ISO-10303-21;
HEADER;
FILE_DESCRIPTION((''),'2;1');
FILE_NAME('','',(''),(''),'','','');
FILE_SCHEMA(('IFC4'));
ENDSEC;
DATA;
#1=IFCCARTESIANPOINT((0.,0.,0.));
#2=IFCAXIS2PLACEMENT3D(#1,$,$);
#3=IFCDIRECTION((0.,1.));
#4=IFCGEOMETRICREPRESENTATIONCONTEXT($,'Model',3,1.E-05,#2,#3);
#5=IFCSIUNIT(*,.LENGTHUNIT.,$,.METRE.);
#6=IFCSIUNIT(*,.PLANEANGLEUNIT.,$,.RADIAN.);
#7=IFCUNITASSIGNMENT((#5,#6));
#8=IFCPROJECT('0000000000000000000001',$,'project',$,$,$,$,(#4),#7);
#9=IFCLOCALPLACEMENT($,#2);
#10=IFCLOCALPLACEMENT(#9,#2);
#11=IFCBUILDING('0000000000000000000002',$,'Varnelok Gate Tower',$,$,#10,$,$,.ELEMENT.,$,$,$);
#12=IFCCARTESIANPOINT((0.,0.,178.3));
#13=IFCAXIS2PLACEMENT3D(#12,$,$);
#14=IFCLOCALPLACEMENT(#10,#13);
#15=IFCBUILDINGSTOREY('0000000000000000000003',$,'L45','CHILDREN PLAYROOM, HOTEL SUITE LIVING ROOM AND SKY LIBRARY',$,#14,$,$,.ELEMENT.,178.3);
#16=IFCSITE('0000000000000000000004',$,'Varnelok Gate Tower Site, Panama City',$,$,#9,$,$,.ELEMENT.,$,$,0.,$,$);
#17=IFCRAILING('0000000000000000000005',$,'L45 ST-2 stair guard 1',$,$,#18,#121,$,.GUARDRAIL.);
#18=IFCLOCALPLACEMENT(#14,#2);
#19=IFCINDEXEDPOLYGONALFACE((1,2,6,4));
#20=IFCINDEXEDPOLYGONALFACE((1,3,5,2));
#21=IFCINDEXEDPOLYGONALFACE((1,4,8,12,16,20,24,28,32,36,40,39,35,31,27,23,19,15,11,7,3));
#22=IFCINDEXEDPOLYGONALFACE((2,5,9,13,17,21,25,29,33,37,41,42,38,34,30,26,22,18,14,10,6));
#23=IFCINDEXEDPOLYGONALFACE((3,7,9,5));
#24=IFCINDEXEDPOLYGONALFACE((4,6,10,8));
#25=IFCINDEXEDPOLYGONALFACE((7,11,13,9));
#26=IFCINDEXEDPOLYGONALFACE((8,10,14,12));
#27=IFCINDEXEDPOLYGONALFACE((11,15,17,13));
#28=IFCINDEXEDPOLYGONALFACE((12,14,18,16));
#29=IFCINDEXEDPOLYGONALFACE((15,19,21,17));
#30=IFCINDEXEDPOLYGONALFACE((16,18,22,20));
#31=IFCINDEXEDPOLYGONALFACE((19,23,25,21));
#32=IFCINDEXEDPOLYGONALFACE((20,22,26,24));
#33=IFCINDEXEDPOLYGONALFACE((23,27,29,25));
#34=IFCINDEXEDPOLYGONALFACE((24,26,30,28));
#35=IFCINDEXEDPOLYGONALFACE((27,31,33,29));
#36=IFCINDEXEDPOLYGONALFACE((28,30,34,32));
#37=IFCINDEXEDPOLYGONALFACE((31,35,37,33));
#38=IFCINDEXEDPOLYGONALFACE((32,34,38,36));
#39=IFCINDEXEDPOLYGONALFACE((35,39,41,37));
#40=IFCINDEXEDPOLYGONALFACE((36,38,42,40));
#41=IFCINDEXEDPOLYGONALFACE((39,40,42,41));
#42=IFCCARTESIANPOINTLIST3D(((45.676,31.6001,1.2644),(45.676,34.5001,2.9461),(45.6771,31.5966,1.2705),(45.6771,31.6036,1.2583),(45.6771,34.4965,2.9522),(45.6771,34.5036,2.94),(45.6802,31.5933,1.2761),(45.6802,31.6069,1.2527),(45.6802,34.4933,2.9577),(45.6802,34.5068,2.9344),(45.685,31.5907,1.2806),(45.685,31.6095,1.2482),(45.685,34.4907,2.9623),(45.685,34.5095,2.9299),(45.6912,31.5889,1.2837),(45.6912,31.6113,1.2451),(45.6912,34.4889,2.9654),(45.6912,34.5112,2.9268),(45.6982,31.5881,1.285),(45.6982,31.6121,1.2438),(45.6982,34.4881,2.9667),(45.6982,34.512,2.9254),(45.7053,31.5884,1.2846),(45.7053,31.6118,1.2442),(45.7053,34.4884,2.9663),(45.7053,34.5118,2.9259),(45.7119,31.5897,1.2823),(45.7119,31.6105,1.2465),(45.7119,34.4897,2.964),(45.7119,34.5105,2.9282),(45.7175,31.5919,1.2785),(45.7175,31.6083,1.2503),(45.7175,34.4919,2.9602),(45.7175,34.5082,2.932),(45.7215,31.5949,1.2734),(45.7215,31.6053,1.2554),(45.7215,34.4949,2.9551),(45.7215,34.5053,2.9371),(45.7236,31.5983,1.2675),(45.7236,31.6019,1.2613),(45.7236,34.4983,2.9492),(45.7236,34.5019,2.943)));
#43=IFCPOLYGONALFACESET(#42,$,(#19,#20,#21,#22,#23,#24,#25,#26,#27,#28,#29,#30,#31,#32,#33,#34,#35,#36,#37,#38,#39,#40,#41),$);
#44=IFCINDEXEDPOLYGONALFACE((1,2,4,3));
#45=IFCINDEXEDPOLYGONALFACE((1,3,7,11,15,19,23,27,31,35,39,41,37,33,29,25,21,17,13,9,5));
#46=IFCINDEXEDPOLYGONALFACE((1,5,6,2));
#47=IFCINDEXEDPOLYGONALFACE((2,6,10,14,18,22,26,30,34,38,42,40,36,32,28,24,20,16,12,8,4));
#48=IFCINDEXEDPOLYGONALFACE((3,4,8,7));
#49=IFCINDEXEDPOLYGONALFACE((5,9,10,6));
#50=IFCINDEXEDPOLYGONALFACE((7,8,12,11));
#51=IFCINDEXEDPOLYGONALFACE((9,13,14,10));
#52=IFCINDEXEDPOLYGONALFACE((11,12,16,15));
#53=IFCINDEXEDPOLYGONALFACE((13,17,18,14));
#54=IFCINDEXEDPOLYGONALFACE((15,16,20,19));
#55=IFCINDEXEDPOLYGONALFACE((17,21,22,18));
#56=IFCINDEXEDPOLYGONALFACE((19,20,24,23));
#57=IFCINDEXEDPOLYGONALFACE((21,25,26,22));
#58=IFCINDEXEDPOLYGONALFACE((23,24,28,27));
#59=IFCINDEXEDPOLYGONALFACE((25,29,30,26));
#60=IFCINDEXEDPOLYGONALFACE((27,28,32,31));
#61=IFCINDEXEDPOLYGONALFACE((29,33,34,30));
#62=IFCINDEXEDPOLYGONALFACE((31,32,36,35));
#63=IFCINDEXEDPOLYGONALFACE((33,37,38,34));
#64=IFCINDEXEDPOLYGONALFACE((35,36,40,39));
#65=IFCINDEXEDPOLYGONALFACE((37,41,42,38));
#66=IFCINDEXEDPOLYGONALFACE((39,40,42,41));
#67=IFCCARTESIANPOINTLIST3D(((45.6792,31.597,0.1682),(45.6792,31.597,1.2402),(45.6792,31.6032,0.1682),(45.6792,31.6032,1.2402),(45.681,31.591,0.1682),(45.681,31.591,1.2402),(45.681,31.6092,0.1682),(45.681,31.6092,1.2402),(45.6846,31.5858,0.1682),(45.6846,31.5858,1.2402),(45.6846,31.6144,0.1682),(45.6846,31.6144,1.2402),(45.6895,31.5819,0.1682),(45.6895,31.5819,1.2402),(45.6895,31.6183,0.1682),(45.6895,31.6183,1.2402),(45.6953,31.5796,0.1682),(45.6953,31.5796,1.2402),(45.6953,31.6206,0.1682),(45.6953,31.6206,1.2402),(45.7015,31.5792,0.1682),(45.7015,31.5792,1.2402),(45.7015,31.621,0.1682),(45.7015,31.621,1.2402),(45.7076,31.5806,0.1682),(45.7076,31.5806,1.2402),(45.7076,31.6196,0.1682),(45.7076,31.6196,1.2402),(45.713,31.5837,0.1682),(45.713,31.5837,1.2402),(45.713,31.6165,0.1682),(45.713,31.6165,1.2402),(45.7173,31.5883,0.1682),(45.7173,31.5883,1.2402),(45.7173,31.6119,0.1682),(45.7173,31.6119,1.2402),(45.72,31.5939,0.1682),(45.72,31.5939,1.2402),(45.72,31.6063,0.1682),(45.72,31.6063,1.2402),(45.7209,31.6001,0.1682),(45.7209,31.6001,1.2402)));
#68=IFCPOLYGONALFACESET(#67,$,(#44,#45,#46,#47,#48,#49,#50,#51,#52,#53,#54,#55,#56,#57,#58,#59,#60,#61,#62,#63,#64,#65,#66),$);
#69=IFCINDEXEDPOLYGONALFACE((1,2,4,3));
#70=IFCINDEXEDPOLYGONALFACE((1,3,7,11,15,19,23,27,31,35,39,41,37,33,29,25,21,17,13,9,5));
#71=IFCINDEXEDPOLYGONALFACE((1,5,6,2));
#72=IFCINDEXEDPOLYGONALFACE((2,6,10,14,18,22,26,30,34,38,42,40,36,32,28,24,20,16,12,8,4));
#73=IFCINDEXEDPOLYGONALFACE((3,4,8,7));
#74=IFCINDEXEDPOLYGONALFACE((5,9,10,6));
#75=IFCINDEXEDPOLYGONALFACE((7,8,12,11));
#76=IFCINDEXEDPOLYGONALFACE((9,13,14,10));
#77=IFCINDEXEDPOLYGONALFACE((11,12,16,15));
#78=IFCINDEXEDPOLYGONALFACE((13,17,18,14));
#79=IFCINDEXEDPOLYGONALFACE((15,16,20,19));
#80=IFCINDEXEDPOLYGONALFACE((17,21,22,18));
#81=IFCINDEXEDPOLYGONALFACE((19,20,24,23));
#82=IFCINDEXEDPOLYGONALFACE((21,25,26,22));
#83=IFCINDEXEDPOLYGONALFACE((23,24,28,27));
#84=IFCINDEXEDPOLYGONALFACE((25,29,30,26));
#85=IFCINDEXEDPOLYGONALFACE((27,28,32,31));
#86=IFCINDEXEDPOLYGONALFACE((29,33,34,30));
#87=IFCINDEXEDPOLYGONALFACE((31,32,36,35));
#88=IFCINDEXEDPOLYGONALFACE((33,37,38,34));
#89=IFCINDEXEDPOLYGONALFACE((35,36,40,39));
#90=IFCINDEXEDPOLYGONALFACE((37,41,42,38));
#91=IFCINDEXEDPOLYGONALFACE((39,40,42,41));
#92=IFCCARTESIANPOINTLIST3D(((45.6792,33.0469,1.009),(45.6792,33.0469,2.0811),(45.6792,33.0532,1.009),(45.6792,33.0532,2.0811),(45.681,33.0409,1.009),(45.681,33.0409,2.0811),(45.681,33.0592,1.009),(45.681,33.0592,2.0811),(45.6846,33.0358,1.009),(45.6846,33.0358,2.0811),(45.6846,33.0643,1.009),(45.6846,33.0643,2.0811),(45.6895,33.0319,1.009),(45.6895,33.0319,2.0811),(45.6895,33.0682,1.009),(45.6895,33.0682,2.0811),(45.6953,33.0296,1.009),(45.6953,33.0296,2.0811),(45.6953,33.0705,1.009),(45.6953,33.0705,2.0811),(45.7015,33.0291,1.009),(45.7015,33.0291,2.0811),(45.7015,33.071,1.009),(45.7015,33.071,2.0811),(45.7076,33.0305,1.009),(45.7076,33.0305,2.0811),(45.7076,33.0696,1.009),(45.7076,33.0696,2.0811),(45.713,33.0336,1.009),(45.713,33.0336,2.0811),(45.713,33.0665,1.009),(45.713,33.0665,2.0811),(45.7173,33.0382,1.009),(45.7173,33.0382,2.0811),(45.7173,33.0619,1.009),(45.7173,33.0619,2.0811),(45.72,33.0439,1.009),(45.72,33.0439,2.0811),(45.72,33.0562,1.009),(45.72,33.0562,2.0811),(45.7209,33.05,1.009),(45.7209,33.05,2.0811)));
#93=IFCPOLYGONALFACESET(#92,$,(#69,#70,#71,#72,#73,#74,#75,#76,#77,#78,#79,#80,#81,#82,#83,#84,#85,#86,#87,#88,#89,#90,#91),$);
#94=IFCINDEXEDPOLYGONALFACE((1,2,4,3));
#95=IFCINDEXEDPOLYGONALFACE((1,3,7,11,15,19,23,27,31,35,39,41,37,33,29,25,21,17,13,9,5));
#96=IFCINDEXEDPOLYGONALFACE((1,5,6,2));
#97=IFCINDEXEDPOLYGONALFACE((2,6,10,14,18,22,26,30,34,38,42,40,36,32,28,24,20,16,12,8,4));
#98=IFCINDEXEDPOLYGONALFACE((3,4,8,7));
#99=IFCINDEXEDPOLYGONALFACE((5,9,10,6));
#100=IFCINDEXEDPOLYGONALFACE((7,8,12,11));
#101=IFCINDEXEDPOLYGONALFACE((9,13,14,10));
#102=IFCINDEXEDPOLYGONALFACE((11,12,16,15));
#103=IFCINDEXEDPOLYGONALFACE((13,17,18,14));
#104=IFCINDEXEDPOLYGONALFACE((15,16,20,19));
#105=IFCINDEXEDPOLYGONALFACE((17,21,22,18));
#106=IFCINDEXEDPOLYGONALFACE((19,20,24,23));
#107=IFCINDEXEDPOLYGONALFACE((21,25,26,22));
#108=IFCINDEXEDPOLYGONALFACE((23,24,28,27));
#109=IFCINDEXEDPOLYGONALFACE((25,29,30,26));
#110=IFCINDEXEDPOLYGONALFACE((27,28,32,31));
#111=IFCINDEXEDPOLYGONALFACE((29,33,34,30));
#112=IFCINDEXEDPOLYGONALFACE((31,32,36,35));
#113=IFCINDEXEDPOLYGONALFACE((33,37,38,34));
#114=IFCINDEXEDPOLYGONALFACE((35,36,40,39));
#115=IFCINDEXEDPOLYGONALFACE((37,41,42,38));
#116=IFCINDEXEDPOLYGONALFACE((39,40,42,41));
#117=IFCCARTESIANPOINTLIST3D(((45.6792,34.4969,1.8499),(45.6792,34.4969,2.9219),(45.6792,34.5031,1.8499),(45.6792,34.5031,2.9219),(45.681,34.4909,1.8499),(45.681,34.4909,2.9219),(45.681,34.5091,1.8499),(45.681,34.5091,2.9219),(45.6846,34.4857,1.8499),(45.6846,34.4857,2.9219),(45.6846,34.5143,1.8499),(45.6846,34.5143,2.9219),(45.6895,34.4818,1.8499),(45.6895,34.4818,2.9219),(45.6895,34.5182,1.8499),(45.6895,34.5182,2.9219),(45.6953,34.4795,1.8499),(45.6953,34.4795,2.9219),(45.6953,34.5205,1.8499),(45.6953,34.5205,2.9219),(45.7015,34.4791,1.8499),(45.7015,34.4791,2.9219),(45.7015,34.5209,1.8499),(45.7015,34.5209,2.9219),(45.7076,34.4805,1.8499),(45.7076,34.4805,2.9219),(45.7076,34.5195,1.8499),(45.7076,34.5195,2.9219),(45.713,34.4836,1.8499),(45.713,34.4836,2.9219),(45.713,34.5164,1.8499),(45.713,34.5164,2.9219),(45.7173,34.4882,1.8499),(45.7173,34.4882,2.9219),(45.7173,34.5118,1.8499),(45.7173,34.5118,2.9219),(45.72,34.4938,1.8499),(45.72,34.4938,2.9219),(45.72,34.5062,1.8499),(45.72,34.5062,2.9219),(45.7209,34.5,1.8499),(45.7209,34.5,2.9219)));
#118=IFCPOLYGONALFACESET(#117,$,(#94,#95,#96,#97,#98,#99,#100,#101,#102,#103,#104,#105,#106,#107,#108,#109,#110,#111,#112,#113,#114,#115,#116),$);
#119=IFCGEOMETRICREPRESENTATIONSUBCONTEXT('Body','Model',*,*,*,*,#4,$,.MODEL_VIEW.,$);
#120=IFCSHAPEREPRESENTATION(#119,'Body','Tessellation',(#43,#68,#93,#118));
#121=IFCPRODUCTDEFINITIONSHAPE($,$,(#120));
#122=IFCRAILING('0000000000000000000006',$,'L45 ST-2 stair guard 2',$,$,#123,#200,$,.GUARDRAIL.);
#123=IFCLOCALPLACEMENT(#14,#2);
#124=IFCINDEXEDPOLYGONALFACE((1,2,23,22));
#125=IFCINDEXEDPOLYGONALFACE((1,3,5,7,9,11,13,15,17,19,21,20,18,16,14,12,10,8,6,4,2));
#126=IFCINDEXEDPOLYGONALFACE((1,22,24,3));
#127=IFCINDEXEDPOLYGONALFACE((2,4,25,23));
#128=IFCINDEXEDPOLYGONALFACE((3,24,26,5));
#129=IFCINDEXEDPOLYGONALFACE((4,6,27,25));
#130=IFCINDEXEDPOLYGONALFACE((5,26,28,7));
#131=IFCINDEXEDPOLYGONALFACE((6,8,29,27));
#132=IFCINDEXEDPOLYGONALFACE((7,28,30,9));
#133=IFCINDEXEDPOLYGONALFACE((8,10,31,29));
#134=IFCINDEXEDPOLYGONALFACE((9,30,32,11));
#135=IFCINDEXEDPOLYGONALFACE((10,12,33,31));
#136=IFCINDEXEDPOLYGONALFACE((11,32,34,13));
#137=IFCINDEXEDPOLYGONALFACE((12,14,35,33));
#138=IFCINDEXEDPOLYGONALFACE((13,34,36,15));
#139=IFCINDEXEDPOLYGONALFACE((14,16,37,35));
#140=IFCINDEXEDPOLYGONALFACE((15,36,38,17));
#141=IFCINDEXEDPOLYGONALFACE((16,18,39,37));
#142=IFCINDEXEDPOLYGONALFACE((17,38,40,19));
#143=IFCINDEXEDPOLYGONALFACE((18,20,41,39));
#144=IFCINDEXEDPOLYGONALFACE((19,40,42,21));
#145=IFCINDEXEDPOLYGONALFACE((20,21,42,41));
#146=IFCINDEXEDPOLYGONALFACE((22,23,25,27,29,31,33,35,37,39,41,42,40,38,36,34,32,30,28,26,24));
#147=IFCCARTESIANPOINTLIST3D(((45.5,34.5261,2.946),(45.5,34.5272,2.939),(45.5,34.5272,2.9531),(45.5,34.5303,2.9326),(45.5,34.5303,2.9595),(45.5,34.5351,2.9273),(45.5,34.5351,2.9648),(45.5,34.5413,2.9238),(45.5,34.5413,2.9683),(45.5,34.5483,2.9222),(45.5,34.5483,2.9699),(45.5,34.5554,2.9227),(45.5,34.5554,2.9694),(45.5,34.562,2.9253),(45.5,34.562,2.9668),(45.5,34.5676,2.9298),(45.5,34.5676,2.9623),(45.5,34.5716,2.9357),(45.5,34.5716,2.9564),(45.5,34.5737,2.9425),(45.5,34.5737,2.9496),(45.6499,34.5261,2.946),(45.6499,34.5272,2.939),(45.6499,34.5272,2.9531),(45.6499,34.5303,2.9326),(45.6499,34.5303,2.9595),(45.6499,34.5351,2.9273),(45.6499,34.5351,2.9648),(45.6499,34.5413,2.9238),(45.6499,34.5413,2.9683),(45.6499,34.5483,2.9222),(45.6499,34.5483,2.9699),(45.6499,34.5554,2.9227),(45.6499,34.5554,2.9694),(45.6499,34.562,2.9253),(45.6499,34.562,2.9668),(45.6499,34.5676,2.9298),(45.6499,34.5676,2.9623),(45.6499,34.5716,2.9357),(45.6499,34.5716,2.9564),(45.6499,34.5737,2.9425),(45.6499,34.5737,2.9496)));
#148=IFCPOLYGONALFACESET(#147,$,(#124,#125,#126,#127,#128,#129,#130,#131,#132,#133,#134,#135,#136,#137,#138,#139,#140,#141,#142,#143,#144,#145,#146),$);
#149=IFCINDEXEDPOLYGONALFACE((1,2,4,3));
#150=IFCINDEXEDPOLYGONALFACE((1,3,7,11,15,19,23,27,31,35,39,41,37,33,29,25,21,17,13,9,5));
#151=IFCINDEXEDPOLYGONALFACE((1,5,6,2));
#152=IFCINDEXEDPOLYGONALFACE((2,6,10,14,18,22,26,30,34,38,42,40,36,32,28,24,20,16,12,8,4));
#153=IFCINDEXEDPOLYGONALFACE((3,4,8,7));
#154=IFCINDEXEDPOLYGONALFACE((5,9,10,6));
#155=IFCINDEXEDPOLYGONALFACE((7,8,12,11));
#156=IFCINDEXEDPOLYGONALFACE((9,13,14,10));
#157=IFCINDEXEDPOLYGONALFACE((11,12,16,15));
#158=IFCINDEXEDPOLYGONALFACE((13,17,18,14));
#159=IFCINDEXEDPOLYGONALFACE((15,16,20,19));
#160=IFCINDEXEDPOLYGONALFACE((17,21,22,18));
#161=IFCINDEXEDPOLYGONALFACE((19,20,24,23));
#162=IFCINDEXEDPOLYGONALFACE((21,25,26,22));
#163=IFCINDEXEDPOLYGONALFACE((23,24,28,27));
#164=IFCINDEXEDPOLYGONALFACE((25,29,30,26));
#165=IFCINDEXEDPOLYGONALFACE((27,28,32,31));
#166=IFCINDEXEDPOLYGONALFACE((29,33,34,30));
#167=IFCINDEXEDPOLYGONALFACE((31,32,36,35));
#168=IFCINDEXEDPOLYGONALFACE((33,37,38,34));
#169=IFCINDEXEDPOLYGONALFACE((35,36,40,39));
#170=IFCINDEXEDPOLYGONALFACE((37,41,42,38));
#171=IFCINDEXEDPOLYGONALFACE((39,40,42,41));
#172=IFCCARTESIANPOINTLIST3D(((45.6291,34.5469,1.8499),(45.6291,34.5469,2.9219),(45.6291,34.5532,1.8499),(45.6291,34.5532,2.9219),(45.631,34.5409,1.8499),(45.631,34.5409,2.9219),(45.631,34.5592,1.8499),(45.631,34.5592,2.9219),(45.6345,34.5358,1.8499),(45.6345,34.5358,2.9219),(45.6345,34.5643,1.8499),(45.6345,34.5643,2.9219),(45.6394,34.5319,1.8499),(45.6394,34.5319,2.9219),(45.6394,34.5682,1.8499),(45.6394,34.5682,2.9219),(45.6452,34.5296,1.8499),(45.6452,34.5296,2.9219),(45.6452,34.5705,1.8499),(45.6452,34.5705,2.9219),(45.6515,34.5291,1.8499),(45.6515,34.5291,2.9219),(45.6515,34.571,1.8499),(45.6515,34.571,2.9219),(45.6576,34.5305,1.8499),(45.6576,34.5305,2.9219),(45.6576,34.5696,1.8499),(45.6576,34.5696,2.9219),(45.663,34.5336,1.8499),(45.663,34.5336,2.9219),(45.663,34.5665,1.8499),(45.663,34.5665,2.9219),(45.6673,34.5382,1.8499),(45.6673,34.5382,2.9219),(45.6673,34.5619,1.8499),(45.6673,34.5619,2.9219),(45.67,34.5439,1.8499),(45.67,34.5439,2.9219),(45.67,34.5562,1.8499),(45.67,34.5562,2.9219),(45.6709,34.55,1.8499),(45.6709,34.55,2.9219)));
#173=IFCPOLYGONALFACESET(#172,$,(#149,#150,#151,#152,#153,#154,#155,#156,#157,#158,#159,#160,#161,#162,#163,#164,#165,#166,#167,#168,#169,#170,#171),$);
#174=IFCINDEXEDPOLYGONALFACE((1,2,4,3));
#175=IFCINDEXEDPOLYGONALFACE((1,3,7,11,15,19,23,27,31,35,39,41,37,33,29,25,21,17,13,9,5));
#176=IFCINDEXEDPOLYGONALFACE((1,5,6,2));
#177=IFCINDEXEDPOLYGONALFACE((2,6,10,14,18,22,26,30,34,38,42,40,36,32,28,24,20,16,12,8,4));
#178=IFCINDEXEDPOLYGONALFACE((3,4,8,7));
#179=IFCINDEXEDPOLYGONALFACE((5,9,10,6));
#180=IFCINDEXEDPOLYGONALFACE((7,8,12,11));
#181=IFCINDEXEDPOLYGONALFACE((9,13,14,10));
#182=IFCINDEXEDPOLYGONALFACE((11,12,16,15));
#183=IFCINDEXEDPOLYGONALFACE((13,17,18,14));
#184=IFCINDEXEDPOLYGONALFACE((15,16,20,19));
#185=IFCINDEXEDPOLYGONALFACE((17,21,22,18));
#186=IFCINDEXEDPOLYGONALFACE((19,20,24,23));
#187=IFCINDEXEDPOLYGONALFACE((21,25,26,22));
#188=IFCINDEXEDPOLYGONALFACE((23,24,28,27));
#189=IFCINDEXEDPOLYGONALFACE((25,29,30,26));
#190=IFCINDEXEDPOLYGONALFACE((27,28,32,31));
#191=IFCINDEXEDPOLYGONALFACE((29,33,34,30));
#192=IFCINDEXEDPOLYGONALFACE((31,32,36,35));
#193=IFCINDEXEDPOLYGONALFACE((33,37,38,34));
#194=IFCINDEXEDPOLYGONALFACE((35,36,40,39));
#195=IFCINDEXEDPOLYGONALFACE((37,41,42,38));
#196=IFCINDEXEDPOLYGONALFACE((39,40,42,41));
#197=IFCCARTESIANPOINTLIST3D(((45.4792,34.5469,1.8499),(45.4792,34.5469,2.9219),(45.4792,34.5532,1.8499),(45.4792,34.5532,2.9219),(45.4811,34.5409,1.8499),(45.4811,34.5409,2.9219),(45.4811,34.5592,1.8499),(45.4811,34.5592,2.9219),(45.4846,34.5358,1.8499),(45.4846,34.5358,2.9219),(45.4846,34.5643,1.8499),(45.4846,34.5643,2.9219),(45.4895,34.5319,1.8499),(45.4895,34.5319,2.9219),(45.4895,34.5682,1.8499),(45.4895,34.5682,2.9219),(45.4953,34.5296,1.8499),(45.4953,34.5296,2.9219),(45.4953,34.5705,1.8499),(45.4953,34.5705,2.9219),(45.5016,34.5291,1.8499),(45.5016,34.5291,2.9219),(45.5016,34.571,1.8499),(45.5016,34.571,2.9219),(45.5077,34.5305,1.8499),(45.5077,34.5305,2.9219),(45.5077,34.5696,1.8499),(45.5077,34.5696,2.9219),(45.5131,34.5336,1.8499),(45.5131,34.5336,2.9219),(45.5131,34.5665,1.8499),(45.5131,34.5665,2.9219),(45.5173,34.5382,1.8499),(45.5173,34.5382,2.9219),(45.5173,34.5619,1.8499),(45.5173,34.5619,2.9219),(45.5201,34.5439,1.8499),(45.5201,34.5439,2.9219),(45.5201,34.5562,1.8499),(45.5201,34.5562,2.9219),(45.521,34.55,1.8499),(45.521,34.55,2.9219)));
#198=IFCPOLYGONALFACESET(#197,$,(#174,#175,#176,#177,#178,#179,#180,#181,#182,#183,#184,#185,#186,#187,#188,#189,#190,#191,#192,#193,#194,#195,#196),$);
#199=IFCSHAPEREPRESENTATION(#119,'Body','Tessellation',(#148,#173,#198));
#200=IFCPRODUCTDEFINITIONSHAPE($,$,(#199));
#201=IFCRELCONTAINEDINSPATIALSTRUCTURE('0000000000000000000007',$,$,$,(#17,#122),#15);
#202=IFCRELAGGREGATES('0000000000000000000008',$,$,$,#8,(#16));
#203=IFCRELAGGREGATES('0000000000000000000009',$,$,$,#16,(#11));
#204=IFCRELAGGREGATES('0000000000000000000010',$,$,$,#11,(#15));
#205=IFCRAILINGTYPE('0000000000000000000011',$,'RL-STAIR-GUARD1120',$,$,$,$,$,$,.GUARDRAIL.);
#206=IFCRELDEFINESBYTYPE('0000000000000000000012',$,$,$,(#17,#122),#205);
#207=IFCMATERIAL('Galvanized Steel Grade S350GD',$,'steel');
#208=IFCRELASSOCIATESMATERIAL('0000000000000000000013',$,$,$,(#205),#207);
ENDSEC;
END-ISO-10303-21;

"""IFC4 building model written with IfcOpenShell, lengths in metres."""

from ifc_helpers import new_model, si_unit, direction, frame, origin, origin_2d, place, context, subcontext, project, spatial, circle, extrude, material, type_object, element, save


model = new_model("IFC4")

# Units and contexts
model_context = context("Model", 3, precision=1e-05, world=origin(), true_north=direction((0.0, 1.0)))
body_context = subcontext(model_context, "Body", "Model", "MODEL_VIEW")
ifc_project = project(units=[si_unit("LENGTHUNIT", "METRE"), si_unit("PLANEANGLEUNIT", "RADIAN")], contexts=[model_context])

# Site, building, storey
site_placement = place(None, origin())
site = spatial("IfcSite", under=ifc_project, at=site_placement, Name="Varnelok Gate Tower Site, Panama City", CompositionType="ELEMENT", RefElevation=0.0)
building_placement = place(site_placement, origin())
building = spatial("IfcBuilding", under=site, at=building_placement, Name="Varnelok Gate Tower", CompositionType="ELEMENT")
storey_placement = place(building_placement, frame((0.0, 0.0, 178.3)))
storey = spatial("IfcBuildingStorey", under=building, at=storey_placement, Name="L45", Description="CHILDREN PLAYROOM, HOTEL SUITE LIVING ROOM AND SKY LIBRARY", CompositionType="ELEMENT", Elevation=178.3)

# Shared definitions
ifc_material_1 = material(Name="Galvanized Steel Grade S350GD", Category="steel")

# Railings
railing_type_1 = type_object("IfcRailingType", Name="RL-STAIR-GUARD1120", PredefinedType="GUARDRAIL", material=ifc_material_1)
railing_1_placement = place(storey_placement, frame((45.7, 31.6001, 0.1682)))
element("IfcRailing", 1, at=railing_1_placement, inside=storey, type_object=railing_type_1, Name="L45 ST-2 stair guard 1", PredefinedType="GUARDRAIL", context=body_context, shape_type="SweptSolid", body=[
    extrude(circle(Radius=0.0239, at=origin_2d()), frame((0.0, 0.0, 1.0962), z_axis=(0.0, 0.86507, 0.501651), x_axis=(-1.0, 0.0, 0.0)), (0.0, 0.0, 1.0), 3.3523),
    extrude(circle(Radius=0.021, at=origin_2d()), origin(), (0.0, 0.0, 1.0), 1.072),
    extrude(circle(Radius=0.021, at=origin_2d()), frame((0.0, 1.45, 0.8408)), (0.0, 0.0, 1.0), 1.072),
    extrude(circle(Radius=0.021, at=origin_2d()), frame((0.0, 2.8999, 1.6816)), (0.0, 0.0, 1.0), 1.072),
])
railing_2_placement = place(storey_placement, frame((45.6499, 34.55, 1.8499)))
element("IfcRailing", 2, at=railing_2_placement, inside=storey, type_object=railing_type_1, Name="L45 ST-2 stair guard 2", PredefinedType="GUARDRAIL", context=body_context, shape_type="SweptSolid", body=[
    extrude(circle(Radius=0.0239, at=origin_2d()), frame((0.0, 0.0, 1.0962), z_axis=(-1.0, 0.0, 0.0), x_axis=(0.0, -1.0, 0.0)), (0.0, 0.0, 1.0), 0.1499),
    extrude(circle(Radius=0.021, at=origin_2d()), origin(), (0.0, 0.0, 1.0), 1.072),
    extrude(circle(Radius=0.021, at=origin_2d()), frame((-0.1499, 0.0, 0.0)), (0.0, 0.0, 1.0), 1.072),
])

save(model, "model.ifc")
